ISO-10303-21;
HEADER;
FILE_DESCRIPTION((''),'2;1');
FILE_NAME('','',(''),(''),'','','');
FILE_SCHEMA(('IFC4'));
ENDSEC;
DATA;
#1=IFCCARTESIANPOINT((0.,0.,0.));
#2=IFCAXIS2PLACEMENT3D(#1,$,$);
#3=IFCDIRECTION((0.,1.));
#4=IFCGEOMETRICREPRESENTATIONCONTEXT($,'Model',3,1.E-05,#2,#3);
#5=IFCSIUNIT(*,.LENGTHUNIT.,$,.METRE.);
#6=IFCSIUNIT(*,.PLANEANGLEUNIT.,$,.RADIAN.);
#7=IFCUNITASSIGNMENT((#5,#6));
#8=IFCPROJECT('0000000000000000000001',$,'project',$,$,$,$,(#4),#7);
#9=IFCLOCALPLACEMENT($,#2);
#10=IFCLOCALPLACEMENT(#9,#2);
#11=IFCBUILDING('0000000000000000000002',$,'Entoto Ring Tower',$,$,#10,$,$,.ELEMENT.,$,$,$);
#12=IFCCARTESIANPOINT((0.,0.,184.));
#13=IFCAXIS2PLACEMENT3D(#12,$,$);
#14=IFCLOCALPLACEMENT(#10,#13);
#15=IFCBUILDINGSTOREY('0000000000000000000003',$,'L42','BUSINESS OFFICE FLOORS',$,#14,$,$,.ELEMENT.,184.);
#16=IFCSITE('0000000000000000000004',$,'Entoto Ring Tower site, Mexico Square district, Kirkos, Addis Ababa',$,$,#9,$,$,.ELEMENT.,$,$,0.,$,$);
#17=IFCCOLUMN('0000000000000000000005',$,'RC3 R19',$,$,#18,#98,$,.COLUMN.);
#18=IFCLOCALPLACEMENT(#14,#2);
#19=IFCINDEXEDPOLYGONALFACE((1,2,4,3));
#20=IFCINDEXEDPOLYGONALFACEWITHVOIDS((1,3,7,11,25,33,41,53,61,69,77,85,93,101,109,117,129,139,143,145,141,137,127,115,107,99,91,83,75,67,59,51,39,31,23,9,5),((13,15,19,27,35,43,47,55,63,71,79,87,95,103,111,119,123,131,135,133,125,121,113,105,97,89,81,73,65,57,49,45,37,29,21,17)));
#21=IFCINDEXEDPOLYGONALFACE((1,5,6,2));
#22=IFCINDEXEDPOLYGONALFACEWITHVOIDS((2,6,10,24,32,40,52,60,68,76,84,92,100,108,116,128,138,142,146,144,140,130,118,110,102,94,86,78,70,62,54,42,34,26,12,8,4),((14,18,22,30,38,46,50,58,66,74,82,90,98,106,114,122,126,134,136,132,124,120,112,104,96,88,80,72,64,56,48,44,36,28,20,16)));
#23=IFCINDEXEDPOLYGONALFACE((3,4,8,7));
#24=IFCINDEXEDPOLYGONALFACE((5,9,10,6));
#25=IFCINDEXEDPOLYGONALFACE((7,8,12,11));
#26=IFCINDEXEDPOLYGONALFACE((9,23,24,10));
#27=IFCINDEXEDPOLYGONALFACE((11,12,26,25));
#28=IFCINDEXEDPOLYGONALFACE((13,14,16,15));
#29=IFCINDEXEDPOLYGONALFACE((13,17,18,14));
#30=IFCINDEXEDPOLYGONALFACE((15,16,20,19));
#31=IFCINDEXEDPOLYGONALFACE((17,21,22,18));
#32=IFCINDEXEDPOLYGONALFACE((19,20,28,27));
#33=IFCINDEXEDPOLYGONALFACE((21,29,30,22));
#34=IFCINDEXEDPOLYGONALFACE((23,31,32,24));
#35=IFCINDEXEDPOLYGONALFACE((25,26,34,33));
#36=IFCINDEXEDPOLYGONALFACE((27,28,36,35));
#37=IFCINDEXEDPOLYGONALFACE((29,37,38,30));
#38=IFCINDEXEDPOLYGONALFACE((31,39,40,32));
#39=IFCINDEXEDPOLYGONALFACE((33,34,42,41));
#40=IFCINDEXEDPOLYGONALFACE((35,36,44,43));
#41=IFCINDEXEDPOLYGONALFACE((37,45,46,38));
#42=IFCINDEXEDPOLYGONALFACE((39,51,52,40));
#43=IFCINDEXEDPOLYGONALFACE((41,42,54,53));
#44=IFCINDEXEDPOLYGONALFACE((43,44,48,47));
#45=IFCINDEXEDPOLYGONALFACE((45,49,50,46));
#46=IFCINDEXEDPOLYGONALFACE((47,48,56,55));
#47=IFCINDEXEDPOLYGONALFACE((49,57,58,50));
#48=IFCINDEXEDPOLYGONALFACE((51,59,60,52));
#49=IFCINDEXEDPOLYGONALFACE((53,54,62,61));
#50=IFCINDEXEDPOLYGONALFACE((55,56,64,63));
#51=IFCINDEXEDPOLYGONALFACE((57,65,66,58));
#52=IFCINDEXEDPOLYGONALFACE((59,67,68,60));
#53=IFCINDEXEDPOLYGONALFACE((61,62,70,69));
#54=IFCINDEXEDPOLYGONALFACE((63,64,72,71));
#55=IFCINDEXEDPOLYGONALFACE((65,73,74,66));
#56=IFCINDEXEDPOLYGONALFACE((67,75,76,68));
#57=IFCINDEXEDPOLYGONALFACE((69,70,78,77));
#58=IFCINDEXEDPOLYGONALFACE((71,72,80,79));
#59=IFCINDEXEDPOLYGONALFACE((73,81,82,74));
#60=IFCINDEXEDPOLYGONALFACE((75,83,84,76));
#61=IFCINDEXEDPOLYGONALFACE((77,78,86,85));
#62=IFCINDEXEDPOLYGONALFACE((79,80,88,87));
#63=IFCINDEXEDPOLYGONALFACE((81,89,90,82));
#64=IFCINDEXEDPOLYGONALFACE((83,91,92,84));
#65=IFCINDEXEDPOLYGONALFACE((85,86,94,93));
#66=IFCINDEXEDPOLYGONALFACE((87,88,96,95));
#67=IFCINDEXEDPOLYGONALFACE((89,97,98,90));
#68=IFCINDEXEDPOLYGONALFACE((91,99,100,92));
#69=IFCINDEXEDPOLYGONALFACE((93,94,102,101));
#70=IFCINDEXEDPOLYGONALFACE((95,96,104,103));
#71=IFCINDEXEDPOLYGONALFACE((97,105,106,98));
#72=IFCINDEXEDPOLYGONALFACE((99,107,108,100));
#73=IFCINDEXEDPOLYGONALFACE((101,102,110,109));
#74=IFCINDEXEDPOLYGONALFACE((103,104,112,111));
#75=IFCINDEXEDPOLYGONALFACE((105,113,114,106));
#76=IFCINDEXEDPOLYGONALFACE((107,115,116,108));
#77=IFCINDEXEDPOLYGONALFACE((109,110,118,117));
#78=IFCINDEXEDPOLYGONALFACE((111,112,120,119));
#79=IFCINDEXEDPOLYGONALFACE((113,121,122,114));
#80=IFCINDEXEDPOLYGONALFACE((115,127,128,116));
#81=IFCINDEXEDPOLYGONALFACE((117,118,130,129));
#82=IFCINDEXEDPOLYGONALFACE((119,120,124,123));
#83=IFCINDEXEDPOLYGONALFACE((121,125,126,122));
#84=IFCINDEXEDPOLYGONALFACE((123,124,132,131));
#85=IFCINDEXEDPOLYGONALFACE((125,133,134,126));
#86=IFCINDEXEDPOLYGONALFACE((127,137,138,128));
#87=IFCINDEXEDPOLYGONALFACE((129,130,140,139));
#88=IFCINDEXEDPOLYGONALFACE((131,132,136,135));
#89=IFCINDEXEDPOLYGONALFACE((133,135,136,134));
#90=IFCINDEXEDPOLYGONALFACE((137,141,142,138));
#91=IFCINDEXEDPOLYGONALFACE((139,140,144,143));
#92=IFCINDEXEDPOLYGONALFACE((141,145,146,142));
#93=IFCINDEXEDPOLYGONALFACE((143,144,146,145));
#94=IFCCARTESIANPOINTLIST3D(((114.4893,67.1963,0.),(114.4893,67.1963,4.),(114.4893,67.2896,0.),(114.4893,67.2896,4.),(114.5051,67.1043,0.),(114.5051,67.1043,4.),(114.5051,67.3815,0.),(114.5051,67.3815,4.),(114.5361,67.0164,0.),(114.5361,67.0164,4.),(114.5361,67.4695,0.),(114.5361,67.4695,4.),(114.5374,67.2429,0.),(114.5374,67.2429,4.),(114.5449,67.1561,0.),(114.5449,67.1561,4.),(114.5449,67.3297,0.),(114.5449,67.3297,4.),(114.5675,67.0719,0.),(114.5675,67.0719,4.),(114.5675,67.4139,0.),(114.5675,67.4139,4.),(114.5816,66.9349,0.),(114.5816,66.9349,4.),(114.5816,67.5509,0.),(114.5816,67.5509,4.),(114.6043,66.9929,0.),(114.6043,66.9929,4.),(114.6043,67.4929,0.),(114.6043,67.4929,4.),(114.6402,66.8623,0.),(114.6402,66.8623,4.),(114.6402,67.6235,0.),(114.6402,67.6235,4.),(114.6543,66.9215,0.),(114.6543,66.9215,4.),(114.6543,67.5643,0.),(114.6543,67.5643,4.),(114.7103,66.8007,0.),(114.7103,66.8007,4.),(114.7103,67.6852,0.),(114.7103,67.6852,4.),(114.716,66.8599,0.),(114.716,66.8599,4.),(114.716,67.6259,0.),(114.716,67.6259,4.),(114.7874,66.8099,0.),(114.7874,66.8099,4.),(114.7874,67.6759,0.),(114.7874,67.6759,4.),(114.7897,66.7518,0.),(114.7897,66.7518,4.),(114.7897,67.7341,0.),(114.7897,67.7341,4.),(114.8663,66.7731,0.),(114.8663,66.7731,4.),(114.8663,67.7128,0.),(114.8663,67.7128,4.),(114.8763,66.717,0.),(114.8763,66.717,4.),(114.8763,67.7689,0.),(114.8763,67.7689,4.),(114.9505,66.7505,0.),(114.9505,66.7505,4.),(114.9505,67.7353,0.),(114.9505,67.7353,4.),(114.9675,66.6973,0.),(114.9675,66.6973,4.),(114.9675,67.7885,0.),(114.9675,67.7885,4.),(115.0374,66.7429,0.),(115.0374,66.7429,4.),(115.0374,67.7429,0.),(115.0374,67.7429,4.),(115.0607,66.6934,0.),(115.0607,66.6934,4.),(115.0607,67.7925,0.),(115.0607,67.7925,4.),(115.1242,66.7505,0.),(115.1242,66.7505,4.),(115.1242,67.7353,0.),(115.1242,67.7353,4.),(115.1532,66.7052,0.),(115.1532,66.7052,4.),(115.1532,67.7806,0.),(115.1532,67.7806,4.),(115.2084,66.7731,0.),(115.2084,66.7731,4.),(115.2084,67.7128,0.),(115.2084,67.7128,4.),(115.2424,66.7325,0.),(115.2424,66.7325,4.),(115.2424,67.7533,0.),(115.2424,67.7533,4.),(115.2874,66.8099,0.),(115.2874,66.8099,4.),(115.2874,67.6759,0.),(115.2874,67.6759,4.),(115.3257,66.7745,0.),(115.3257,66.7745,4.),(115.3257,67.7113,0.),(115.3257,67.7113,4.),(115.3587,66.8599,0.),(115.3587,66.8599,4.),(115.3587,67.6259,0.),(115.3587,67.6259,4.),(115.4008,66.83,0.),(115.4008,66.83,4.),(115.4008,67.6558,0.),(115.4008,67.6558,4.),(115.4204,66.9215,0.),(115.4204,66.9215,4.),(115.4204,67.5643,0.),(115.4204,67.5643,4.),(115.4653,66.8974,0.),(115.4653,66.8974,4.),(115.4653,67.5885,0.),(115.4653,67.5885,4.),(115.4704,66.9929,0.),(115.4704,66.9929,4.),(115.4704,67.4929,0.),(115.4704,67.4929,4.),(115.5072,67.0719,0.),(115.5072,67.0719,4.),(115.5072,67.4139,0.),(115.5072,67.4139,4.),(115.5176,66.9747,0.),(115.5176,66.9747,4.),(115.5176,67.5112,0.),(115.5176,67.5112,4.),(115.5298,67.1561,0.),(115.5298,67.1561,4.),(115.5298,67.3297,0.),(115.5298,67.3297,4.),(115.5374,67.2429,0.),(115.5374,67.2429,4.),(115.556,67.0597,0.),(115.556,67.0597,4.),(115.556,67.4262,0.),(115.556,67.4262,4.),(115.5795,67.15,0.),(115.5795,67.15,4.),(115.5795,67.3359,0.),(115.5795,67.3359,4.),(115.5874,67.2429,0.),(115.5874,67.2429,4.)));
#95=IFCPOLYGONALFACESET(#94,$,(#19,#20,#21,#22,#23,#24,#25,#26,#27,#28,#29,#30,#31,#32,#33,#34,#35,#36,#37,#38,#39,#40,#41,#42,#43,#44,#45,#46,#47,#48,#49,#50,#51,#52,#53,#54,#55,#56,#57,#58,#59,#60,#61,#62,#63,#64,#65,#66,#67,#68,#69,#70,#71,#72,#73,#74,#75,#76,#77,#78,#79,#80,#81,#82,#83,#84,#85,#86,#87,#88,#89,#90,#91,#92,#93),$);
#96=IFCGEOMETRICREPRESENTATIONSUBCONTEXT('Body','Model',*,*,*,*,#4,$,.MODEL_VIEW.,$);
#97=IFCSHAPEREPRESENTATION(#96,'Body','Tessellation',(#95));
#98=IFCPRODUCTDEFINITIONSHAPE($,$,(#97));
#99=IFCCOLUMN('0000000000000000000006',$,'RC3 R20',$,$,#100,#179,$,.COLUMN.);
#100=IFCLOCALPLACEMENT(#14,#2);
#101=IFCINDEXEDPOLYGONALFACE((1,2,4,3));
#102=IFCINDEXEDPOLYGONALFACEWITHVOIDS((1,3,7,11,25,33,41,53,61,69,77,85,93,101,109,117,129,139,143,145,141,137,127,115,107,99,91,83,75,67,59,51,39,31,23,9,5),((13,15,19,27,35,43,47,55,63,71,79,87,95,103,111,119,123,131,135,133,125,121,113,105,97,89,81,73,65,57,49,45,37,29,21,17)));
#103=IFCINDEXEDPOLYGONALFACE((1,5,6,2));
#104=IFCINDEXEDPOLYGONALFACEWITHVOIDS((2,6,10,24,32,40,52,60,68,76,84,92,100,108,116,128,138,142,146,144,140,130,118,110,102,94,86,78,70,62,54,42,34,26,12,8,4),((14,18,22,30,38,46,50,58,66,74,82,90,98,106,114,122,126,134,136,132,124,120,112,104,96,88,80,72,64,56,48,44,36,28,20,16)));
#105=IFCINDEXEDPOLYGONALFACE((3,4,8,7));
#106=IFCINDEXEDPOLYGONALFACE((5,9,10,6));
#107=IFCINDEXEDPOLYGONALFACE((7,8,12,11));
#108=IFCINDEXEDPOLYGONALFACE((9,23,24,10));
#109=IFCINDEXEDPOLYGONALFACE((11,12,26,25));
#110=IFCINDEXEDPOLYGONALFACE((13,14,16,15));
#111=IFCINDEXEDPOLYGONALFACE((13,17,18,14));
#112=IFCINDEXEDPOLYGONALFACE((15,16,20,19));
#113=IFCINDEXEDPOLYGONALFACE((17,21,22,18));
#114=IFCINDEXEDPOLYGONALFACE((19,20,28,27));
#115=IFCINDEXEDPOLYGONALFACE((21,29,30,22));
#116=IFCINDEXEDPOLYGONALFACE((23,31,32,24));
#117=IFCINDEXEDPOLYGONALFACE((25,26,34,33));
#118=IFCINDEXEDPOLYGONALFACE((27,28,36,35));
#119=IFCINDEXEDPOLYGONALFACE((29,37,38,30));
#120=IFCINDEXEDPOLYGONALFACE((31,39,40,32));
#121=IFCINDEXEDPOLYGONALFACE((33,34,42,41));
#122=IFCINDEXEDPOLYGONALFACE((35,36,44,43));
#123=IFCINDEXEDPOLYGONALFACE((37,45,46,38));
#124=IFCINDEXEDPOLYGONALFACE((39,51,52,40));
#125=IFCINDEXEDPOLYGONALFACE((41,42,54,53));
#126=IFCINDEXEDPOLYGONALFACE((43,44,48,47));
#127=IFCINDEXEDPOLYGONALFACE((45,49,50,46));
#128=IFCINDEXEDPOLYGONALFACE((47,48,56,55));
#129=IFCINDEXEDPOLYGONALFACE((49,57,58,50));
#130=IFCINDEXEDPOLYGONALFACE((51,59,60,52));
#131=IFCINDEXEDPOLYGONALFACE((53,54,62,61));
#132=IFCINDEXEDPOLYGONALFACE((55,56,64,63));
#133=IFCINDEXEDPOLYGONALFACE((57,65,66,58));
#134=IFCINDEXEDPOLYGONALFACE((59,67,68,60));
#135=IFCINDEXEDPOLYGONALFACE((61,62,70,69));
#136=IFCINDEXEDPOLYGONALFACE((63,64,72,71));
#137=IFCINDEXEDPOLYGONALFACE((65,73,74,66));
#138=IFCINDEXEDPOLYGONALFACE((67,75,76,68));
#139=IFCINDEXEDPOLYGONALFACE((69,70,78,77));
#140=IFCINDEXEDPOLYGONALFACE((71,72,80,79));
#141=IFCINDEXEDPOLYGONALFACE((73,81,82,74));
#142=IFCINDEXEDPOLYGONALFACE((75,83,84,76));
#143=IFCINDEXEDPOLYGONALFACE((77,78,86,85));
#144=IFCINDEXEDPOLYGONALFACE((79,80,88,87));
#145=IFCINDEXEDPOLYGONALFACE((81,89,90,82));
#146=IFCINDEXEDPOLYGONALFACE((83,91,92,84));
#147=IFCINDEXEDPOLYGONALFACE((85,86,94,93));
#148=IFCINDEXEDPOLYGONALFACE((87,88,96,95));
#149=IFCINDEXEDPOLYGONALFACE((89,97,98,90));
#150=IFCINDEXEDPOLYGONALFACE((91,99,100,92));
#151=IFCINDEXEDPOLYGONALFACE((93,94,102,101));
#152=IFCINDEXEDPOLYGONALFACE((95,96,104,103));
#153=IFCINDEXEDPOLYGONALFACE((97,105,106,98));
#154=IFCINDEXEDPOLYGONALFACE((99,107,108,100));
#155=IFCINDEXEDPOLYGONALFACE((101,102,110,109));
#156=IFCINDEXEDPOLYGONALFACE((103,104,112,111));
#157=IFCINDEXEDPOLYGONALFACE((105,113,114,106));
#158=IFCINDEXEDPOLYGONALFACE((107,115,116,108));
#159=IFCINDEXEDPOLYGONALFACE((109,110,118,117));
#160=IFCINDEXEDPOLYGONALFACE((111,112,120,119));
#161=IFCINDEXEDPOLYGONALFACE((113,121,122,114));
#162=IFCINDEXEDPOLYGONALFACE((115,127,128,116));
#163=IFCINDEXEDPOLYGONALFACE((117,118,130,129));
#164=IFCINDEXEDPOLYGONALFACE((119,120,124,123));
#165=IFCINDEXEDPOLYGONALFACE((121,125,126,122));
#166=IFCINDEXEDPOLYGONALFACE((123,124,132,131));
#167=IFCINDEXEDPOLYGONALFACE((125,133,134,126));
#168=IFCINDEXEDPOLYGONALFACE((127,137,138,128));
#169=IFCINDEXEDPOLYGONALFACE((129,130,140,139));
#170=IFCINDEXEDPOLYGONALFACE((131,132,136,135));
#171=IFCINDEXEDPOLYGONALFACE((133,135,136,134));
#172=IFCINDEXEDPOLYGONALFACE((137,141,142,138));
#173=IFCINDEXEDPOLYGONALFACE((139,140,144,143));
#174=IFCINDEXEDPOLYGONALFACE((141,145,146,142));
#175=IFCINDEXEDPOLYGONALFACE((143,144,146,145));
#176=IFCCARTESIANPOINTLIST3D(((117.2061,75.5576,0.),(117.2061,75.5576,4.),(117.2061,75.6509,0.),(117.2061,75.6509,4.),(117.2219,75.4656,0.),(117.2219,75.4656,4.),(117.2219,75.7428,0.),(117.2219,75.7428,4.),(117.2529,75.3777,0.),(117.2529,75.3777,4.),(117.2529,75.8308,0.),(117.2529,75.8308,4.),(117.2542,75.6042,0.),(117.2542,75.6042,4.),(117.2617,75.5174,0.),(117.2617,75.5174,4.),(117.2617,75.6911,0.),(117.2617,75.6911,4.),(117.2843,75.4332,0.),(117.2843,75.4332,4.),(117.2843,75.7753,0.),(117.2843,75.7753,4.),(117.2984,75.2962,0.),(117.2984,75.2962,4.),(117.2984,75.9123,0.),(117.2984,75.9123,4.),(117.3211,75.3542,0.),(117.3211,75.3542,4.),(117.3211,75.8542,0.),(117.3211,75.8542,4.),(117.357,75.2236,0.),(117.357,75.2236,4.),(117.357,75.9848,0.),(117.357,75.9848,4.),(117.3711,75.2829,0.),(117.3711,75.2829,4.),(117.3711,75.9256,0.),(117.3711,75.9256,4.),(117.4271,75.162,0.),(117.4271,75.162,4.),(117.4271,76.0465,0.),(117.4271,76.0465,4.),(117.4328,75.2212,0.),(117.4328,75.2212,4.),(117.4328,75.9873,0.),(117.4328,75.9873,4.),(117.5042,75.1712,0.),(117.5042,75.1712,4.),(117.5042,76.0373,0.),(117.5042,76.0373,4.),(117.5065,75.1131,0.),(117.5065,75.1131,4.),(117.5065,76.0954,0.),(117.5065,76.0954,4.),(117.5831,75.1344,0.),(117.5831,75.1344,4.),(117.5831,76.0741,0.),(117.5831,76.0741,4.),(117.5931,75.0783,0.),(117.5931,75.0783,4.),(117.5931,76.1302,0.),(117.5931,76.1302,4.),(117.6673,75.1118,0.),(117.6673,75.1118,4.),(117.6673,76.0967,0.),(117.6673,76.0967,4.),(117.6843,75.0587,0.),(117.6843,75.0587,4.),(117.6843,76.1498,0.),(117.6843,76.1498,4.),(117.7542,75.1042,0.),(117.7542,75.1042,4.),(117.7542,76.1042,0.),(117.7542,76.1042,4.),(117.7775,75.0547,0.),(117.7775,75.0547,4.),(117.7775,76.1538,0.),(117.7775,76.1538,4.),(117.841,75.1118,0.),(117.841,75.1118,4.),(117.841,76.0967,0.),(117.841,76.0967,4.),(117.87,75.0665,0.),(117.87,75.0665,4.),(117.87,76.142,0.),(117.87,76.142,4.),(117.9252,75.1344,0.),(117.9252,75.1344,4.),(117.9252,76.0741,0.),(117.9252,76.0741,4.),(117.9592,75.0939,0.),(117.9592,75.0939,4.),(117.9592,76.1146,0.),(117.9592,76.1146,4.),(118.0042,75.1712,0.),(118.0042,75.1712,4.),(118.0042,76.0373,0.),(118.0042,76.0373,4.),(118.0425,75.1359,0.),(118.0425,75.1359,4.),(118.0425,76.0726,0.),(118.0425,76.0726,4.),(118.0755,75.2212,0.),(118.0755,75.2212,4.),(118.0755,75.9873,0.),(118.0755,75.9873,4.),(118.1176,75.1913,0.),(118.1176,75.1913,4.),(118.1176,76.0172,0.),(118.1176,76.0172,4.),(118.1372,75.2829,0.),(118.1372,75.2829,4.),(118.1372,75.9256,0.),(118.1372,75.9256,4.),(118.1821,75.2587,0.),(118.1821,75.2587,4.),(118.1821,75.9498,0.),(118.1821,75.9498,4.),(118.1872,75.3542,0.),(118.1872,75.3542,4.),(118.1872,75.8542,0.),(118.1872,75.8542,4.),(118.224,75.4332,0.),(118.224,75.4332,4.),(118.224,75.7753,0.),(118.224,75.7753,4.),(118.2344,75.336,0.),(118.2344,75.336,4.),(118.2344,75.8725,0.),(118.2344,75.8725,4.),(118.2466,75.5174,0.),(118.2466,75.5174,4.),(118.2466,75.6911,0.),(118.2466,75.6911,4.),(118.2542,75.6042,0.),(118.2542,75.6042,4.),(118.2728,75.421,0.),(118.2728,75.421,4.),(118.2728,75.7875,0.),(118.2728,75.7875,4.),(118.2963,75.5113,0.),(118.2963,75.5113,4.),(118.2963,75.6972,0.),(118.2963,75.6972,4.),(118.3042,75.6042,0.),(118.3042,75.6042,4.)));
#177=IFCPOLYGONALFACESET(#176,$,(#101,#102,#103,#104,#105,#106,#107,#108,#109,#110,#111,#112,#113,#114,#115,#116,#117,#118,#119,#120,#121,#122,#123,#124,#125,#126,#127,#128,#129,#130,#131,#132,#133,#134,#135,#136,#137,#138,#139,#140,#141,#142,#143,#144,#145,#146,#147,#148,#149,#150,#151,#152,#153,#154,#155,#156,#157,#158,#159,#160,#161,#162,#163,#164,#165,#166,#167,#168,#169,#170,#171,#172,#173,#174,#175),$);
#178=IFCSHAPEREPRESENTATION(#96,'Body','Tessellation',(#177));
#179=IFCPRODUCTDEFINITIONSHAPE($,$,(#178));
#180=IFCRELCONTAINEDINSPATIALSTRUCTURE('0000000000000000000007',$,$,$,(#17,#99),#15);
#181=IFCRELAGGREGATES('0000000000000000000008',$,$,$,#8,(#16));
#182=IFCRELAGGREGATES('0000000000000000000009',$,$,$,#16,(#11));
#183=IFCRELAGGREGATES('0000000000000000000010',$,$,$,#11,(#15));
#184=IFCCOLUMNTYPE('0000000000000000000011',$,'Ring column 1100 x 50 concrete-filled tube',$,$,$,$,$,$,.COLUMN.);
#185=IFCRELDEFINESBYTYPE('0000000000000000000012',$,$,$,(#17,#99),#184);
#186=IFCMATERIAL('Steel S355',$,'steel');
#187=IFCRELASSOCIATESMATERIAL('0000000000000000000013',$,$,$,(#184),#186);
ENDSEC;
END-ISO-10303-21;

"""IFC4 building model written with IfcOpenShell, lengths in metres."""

from ifc_helpers import new_model, si_unit, direction, frame, origin, origin_2d, place, context, subcontext, project, spatial, circle, hollow_circle, extrude, material, material_profile, profile_set, type_object, element, save


model = new_model("IFC4")

# Units and contexts
model_context = context("Model", 3, precision=1e-05, world=origin(), true_north=direction((0.0, 1.0)))
body_context = subcontext(model_context, "Body", "Model", "MODEL_VIEW")
ifc_project = project(units=[si_unit("LENGTHUNIT", "METRE"), si_unit("PLANEANGLEUNIT", "RADIAN")], contexts=[model_context])

# Site, building, storey
site_placement = place(None, origin())
site = spatial("IfcSite", under=ifc_project, at=site_placement, Name="Entoto Ring Tower site, Mexico Square district, Kirkos, Addis Ababa", CompositionType="ELEMENT", RefElevation=0.0)
building_placement = place(site_placement, origin())
building = spatial("IfcBuilding", under=site, at=building_placement, Name="Entoto Ring Tower", CompositionType="ELEMENT")
storey_placement = place(building_placement, frame((0.0, 0.0, 184.0)))
storey = spatial("IfcBuildingStorey", under=building, at=storey_placement, Name="L42", Description="BUSINESS OFFICE FLOORS", CompositionType="ELEMENT", Elevation=184.0)

# Columns
ifc_material_1 = material(Name="Steel S355", Category="steel")
ifc_material_profile_1 = material_profile(ifc_material_1, hollow_circle(Radius=0.55, WallThickness=0.05, at=origin_2d()), Name="CHS 1100 x 50")
ifc_material_2 = material(Name="Concrete C60/75", Category="concrete")
ifc_material_profile_2 = material_profile(ifc_material_2, circle(Radius=0.5, at=origin_2d()), Name="Concrete C60/75 infill")
ifc_profile_set_1 = profile_set([ifc_material_profile_1, ifc_material_profile_2], Name="Steel S355")
column_type = type_object("IfcColumnType", Name="Ring column 1100 x 50 concrete-filled tube", PredefinedType="COLUMN", material=ifc_profile_set_1)
for number, where, z_axis, x_axis, name in (
    (1, (115.0374, 67.2429, 0.0), (0.0, 0.0, 1.0), (1.0, 0.0, 0.0), "RC3 R19"),
    (2, (117.7542, 75.6042, 0.0), (0.0, 0.0, 1.0), (1.0, 0.0, 0.0), "RC3 R20"),
):
    element("IfcColumn", number, at=place(storey_placement, frame(where, z_axis=z_axis, x_axis=x_axis)), inside=storey, type_object=column_type, Name=name, PredefinedType="COLUMN", context=body_context, shape_type="SweptSolid", body=[
        extrude(hollow_circle(Radius=0.55, WallThickness=0.05, at=origin_2d()), origin(), (0.0, 0.0, 1.0), 4.0),
    ])

save(model, "model.ifc")
